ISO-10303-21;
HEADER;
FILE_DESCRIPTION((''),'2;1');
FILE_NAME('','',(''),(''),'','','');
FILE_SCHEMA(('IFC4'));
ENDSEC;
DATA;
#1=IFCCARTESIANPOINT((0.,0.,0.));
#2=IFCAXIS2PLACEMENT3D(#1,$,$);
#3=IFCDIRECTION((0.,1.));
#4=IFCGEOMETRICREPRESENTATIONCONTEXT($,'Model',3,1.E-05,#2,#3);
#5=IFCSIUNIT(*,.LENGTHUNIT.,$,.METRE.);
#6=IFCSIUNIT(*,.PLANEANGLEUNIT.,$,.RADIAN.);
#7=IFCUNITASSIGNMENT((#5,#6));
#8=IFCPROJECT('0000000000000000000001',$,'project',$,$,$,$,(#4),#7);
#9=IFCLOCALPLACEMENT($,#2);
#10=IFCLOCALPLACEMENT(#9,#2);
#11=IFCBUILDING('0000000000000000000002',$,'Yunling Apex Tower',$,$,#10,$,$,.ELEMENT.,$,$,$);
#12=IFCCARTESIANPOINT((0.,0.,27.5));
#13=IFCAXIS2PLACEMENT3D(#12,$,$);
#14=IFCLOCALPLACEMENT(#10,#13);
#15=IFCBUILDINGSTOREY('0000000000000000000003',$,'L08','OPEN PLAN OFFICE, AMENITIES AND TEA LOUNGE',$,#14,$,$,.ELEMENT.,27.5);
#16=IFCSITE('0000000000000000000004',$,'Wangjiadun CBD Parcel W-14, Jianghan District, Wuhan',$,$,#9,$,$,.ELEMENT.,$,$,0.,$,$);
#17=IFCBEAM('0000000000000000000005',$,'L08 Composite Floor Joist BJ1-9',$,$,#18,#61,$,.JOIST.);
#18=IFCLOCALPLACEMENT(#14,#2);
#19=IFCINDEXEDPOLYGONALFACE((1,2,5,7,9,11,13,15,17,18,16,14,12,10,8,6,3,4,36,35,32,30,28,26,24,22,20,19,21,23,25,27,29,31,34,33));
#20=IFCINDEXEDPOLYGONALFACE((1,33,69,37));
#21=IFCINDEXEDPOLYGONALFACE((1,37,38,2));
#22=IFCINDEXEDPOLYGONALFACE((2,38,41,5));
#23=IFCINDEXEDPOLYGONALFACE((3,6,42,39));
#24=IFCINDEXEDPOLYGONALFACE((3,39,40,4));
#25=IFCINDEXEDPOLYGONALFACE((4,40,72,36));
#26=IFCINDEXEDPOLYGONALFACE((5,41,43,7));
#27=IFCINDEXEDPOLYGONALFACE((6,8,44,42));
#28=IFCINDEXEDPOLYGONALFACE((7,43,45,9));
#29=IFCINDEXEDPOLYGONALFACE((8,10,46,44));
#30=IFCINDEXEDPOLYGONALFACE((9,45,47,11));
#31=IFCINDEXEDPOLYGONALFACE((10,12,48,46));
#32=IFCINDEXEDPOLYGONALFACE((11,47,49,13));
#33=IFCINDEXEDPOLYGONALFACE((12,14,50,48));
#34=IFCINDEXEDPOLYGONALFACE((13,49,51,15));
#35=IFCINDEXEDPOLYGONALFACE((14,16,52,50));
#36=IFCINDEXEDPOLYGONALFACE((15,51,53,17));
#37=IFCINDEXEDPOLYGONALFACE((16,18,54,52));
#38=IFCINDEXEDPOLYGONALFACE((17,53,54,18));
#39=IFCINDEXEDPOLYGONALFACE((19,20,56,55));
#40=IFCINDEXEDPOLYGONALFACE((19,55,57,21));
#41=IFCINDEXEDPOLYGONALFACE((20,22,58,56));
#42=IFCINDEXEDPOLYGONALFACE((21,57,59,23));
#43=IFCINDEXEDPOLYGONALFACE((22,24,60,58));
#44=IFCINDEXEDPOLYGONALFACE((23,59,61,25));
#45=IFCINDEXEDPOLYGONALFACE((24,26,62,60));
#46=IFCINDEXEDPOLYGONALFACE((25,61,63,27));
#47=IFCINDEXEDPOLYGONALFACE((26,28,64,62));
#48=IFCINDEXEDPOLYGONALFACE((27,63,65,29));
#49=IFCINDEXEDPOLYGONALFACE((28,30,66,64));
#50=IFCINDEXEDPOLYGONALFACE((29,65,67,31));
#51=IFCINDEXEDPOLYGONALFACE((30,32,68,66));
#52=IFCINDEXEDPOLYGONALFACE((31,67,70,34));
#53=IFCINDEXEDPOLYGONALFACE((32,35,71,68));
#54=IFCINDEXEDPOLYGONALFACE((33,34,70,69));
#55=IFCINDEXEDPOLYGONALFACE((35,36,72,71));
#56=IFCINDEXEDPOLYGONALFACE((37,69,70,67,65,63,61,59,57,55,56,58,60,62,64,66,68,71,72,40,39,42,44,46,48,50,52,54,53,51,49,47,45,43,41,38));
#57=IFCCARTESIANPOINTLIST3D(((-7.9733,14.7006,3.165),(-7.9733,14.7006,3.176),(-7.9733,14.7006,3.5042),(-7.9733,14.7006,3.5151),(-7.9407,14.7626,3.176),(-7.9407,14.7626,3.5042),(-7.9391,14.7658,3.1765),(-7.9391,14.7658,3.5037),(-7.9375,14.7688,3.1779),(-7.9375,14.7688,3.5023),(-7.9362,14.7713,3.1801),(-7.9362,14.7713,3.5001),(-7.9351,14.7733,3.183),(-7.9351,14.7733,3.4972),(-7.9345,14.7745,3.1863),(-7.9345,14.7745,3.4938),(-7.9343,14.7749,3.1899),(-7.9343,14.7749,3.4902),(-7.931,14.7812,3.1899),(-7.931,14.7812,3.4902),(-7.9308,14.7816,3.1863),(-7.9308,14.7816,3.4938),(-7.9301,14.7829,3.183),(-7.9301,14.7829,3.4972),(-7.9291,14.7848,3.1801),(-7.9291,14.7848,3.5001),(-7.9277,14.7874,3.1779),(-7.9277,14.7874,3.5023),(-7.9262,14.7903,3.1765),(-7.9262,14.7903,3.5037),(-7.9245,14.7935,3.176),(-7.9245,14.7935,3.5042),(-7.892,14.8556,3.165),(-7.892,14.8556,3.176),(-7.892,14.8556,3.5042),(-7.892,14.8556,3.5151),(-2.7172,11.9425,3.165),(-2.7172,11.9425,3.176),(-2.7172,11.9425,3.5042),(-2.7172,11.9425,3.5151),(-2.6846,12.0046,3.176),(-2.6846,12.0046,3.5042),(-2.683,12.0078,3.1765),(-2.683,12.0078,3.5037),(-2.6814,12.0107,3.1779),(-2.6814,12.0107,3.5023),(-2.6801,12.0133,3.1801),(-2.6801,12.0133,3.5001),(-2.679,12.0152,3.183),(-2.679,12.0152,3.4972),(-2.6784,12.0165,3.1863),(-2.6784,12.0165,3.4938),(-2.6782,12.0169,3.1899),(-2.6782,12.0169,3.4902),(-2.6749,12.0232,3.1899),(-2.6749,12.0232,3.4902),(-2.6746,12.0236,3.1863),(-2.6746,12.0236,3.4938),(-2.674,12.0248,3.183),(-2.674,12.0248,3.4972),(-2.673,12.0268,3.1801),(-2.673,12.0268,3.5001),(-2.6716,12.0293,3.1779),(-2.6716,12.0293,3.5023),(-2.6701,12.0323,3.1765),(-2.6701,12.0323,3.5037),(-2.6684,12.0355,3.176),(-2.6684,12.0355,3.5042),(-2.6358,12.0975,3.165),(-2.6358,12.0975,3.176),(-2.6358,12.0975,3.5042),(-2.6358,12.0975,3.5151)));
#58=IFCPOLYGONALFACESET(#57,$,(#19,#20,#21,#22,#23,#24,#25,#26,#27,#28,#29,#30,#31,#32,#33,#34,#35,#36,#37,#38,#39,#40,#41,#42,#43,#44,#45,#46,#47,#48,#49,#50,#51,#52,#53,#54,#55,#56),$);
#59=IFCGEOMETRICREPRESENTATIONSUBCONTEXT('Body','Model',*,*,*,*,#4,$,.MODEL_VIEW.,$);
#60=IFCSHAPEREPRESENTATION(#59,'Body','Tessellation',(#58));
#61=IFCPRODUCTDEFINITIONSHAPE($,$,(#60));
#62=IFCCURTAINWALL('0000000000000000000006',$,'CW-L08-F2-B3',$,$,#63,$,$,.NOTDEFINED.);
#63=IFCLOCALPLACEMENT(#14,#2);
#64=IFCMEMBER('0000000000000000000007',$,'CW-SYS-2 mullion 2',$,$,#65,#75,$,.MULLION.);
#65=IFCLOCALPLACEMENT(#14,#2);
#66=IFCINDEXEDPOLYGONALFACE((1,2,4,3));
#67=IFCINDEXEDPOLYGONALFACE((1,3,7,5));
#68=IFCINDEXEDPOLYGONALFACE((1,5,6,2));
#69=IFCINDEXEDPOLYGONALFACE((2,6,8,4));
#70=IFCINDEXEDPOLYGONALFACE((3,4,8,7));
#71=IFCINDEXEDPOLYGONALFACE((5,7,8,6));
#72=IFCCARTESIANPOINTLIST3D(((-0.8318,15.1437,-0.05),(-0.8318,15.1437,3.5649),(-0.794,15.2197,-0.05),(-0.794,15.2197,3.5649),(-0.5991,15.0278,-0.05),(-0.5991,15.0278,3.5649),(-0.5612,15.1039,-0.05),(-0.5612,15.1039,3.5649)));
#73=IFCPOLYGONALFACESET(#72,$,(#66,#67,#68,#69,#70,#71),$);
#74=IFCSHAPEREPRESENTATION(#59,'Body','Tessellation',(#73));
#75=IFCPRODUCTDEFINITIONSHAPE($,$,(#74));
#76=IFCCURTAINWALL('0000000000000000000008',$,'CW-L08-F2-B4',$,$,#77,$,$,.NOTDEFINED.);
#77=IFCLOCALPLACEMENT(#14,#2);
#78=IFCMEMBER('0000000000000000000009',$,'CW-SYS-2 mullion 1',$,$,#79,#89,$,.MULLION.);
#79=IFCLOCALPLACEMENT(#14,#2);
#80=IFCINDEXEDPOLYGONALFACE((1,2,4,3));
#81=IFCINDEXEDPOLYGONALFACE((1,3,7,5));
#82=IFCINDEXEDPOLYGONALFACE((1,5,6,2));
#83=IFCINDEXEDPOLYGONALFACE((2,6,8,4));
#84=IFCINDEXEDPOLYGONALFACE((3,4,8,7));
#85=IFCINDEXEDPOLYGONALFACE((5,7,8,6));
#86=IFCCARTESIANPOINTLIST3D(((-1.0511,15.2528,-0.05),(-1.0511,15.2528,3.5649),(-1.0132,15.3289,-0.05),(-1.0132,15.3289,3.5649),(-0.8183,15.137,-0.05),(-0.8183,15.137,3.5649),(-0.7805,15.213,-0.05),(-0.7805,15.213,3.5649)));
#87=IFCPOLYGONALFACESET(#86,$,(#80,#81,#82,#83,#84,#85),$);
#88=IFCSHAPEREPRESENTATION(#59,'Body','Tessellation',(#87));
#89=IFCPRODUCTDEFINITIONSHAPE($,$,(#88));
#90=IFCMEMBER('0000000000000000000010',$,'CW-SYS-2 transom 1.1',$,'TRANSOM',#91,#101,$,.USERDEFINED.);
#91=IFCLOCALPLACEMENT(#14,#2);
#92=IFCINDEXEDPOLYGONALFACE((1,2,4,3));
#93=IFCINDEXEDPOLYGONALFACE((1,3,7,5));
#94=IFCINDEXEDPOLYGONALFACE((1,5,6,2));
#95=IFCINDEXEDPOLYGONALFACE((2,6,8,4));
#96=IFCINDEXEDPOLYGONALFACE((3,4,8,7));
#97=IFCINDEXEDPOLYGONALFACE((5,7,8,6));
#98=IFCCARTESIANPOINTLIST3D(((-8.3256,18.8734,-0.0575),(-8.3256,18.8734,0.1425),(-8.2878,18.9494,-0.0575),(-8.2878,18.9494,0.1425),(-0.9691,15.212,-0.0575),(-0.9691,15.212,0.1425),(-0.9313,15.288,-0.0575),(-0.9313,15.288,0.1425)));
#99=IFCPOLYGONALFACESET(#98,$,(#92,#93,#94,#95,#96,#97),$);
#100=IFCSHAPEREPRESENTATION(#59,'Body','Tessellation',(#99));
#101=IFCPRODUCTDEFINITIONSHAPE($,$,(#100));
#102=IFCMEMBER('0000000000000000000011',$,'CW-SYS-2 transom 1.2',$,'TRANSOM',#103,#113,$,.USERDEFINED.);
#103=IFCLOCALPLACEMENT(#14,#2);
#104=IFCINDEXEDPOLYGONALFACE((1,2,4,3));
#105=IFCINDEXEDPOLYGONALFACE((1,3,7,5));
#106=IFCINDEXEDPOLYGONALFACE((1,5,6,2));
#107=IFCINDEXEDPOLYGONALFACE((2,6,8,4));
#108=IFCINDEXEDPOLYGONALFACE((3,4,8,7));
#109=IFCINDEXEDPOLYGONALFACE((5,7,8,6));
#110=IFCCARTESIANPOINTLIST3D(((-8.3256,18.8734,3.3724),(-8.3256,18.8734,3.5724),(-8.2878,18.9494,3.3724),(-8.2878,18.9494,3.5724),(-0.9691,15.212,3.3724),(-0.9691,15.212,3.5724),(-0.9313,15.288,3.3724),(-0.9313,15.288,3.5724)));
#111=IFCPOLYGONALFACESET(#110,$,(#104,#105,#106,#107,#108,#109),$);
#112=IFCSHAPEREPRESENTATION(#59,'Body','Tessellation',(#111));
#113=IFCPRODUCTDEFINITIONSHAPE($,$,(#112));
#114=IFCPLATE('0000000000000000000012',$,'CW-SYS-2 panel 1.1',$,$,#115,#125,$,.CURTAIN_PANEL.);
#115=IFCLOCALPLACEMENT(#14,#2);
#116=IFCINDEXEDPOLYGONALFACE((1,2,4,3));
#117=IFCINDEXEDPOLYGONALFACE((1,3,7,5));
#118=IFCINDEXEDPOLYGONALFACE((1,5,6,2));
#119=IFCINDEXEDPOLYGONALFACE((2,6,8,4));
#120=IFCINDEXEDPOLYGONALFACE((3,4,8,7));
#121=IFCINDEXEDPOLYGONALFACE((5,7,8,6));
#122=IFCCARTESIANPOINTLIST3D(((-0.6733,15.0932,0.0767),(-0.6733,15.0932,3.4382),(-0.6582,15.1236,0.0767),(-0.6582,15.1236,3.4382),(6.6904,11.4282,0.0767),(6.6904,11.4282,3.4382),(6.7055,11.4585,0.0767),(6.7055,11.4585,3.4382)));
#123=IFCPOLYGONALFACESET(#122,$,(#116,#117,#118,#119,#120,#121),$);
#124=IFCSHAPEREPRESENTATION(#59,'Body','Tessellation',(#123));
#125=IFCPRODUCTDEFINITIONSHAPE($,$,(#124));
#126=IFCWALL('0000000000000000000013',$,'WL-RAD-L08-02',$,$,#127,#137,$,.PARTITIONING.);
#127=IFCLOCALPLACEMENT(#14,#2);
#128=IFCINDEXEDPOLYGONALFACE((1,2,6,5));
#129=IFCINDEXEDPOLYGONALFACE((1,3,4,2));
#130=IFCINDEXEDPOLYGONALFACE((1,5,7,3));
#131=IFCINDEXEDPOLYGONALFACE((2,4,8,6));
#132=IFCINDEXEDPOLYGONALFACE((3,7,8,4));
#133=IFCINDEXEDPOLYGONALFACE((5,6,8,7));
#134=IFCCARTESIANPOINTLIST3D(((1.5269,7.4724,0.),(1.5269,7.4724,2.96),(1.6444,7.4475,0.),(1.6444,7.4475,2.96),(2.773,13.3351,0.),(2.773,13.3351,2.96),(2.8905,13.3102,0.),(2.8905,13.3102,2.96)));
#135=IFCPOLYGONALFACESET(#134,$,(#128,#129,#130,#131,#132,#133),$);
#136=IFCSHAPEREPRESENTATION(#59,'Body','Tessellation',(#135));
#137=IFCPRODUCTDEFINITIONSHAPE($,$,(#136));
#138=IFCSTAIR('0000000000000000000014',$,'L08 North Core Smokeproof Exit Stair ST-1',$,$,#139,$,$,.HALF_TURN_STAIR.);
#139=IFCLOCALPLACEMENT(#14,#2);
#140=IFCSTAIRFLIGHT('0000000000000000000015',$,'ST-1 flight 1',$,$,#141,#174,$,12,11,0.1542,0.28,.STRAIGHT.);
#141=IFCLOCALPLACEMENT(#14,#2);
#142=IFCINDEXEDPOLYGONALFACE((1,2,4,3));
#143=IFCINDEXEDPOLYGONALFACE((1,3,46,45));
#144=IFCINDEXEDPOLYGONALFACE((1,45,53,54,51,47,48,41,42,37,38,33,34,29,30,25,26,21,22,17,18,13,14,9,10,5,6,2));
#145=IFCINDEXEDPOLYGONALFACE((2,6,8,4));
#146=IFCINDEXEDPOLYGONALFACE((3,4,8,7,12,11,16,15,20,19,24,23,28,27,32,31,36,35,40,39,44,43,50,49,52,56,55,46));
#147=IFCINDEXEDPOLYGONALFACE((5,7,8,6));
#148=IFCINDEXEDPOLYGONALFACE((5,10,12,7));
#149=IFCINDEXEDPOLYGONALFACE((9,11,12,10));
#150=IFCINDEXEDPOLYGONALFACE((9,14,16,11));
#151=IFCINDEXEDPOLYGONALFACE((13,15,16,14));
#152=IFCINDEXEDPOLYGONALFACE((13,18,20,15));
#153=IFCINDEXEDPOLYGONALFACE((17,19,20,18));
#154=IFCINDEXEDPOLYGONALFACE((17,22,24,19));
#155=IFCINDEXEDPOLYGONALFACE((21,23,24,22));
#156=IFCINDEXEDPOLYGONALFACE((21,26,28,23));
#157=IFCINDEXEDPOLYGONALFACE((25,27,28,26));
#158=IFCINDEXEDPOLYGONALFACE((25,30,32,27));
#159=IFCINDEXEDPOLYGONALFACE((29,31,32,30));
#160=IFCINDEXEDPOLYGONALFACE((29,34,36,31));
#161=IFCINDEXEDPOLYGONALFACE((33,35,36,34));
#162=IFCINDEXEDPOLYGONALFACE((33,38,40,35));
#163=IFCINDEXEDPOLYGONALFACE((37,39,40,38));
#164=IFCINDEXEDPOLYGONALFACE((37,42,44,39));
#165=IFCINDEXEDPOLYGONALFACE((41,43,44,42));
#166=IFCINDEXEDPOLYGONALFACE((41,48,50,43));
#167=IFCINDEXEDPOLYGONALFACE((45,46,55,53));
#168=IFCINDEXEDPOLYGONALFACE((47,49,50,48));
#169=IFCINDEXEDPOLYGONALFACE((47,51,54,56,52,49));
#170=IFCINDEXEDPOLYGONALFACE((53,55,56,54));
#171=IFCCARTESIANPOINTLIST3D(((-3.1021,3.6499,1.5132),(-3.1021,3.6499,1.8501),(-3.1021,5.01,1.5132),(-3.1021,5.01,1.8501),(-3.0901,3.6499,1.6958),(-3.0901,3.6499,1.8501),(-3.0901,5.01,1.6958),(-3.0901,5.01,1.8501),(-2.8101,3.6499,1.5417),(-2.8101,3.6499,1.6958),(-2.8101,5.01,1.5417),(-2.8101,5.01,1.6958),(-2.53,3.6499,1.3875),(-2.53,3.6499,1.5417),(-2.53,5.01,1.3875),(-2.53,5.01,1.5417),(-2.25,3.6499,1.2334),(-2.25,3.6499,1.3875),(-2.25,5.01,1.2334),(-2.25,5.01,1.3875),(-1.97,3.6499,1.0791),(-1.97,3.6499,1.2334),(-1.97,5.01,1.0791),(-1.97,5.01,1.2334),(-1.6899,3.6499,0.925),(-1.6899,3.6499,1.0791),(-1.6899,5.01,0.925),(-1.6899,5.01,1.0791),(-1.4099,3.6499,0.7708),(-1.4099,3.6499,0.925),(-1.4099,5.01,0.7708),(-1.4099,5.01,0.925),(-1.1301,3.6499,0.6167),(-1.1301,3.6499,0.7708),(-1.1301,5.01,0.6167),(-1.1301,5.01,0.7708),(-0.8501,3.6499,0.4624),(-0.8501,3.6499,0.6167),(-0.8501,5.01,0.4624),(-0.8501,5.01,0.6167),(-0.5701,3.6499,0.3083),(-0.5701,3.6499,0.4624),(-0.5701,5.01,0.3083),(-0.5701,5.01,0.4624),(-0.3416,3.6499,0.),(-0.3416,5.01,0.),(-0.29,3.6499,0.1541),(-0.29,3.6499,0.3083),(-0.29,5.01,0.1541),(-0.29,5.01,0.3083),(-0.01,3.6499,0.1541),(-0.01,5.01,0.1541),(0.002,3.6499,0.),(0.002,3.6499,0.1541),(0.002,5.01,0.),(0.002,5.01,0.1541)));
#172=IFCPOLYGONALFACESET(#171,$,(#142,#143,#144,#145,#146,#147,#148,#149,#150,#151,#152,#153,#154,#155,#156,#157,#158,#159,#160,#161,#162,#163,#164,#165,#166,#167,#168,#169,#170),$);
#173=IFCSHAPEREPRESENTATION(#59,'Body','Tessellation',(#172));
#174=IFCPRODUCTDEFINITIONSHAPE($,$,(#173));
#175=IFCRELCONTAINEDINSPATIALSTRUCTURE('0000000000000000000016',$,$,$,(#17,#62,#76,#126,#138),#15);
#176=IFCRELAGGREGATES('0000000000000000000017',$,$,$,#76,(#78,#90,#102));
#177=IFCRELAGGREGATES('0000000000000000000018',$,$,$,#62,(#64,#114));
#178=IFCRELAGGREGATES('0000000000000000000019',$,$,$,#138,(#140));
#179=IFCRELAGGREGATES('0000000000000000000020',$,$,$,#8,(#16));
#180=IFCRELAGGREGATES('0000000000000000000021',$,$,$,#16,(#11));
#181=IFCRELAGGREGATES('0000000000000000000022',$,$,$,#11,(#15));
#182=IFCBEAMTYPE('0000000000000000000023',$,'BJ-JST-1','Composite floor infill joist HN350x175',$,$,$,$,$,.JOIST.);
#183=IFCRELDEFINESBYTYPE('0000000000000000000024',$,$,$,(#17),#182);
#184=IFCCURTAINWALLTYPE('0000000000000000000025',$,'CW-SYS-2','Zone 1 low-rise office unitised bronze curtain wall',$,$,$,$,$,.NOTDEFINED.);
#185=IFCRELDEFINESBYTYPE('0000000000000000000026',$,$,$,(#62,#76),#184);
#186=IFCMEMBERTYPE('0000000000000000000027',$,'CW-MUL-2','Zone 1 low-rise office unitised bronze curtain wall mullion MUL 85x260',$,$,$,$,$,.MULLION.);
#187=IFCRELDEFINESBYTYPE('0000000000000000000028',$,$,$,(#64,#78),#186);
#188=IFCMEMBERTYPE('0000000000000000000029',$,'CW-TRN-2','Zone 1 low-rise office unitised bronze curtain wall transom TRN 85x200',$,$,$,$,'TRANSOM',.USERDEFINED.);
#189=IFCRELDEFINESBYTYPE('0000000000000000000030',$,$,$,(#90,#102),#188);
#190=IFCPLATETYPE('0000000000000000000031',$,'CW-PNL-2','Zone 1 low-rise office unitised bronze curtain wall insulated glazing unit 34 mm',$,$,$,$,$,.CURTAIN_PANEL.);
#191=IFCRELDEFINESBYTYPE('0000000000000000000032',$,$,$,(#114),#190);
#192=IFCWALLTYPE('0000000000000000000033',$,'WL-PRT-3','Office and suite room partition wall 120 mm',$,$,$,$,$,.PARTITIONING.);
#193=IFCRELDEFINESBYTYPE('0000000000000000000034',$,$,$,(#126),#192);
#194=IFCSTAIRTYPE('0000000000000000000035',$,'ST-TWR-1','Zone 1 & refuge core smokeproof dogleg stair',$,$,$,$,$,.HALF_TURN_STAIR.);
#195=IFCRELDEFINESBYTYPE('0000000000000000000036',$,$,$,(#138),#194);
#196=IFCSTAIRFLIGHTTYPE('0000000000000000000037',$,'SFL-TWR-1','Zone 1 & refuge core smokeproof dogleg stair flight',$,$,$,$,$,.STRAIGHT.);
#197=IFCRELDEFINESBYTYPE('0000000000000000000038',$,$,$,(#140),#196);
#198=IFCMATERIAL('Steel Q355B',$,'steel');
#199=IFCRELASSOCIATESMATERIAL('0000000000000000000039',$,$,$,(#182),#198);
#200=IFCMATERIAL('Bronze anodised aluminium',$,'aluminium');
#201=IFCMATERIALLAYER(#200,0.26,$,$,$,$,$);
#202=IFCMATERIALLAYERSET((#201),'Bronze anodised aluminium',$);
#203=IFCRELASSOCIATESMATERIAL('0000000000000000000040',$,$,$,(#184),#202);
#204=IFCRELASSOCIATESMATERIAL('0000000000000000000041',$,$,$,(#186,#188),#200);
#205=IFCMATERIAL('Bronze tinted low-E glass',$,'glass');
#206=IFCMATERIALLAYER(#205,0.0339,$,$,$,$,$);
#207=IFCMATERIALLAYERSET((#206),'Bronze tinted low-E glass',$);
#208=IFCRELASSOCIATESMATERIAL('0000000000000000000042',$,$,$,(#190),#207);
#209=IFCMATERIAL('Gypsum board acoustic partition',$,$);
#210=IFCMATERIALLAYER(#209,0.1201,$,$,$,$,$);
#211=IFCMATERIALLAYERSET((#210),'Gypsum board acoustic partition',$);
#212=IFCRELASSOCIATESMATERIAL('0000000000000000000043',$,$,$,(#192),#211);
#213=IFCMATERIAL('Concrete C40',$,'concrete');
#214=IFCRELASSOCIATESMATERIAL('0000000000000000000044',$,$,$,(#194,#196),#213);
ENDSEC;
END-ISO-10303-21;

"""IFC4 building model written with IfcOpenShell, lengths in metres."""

from ifc_helpers import new_model, si_unit, direction, frame, frame_2d, origin, origin_2d, place, context, subcontext, project, spatial, polyline, rectangle, i_section, outline, extrude, source, transform, mapped, material, layer, layer_set, material_profile, profile_set, type_object, element, aggregate, save


model = new_model("IFC4")

# Units and contexts
model_context = context("Model", 3, precision=1e-05, world=origin(), true_north=direction((0.0, 1.0)))
body_context = subcontext(model_context, "Body", "Model", "MODEL_VIEW")
ifc_project = project(units=[si_unit("LENGTHUNIT", "METRE"), si_unit("PLANEANGLEUNIT", "RADIAN")], contexts=[model_context])

# Site, building, storey
site_placement = place(None, origin())
site = spatial("IfcSite", under=ifc_project, at=site_placement, Name="Wangjiadun CBD Parcel W-14, Jianghan District, Wuhan", CompositionType="ELEMENT", RefElevation=0.0)
building_placement = place(site_placement, origin())
building = spatial("IfcBuilding", under=site, at=building_placement, Name="Yunling Apex Tower", CompositionType="ELEMENT")
storey_placement = place(building_placement, frame((0.0, 0.0, 27.5)))
storey = spatial("IfcBuildingStorey", under=building, at=storey_placement, Name="L08", Description="OPEN PLAN OFFICE, AMENITIES AND TEA LOUNGE", CompositionType="ELEMENT", Elevation=27.5)

# Beam
ifc_material_1 = material(Name="Steel Q355B", Category="steel")
ifc_material_profile_1 = material_profile(ifc_material_1, i_section(OverallWidth=0.175, OverallDepth=0.3501, WebThickness=0.0071, FlangeThickness=0.011, FilletRadius=0.0139, at=origin_2d()))
ifc_profile_set_1 = profile_set([ifc_material_profile_1], Name="Steel Q355B")
beam_type_1 = type_object("IfcBeamType", Name="BJ-JST-1", Description="Composite floor infill joist HN350x175", PredefinedType="JOIST", material=ifc_profile_set_1)
shared_shape_1 = source(origin(), body_context, "Body", "SweptSolid", [
    extrude(i_section(OverallWidth=0.175, OverallDepth=0.3501, WebThickness=0.0071, FlangeThickness=0.011, FilletRadius=0.0139, at=origin_2d()), origin(), (0.0, 0.0, 1.0), 5.9358),
])
beam_1_placement = place(storey_placement, frame((-2.6765, 12.02, 3.3401), z_axis=(-0.885495, 0.464649, 0.0), x_axis=(-0.464649, -0.885495, 0.0)))
element("IfcBeam", 1, at=beam_1_placement, inside=storey, type_object=beam_type_1, Name="L08 Composite Floor Joist BJ1-9", PredefinedType="JOIST", context=body_context, shape_type="MappedRepresentation", body=[
    mapped(shared_shape_1, transform((0.0, 0.0, 0.0), scale=1.0)),
])

# Curtain wall, member
ifc_material_2 = material(Name="Bronze anodised aluminium", Category="aluminium")
ifc_layer_1 = layer(ifc_material_2, 0.26)
ifc_layer_set_1 = layer_set([ifc_layer_1], Name="Bronze anodised aluminium")
curtain_wall_type = type_object("IfcCurtainWallType", Name="CW-SYS-2", Description="Zone 1 low-rise office unitised bronze curtain wall", PredefinedType="NOTDEFINED", material=ifc_layer_set_1)
curtain_wall_1_placement = place(storey_placement, origin())
curtain_wall_1 = element("IfcCurtainWall", 2, at=curtain_wall_1_placement, inside=storey, type_object=curtain_wall_type, Name="CW-L08-F2-B3", PredefinedType="NOTDEFINED")
ifc_material_profile_2 = material_profile(ifc_material_2, rectangle(XDim=0.085, YDim=0.26, at=origin_2d()))
ifc_profile_set_2 = profile_set([ifc_material_profile_2], Name="Bronze anodised aluminium")
member_type_1 = type_object("IfcMemberType", Name="CW-MUL-2", Description="Zone 1 low-rise office unitised bronze curtain wall mullion MUL 85x260", PredefinedType="MULLION", material=ifc_profile_set_2)
shared_shape_2 = source(origin(), body_context, "Body", "SweptSolid", [
    extrude(rectangle(XDim=0.085, YDim=0.26, at=origin_2d()), origin(), (0.0, 0.0, 1.0), 3.615),
])
member_1_placement = place(storey_placement, frame((-0.6965, 15.1238, -0.05), z_axis=(0.0, 0.0, 1.0), x_axis=(-0.44558, -0.895242, 0.0)))
member_1 = element("IfcMember", 3, at=member_1_placement, type_object=member_type_1, Name="CW-SYS-2 mullion 2", PredefinedType="MULLION", context=body_context, shape_type="MappedRepresentation", body=[
    mapped(shared_shape_2, transform((0.0, 0.0, 0.0), scale=1.0)),
])

# Curtain wall, members
curtain_wall_2_placement = place(storey_placement, origin())
curtain_wall_2 = element("IfcCurtainWall", 4, at=curtain_wall_2_placement, inside=storey, type_object=curtain_wall_type, Name="CW-L08-F2-B4", PredefinedType="NOTDEFINED")
member_2_placement = place(storey_placement, frame((-0.9158, 15.2329, -0.05), z_axis=(0.0, 0.0, 1.0), x_axis=(-0.445571, -0.895247, 0.0)))
member_2 = element("IfcMember", 5, at=member_2_placement, type_object=member_type_1, Name="CW-SYS-2 mullion 1", PredefinedType="MULLION", context=body_context, shape_type="MappedRepresentation", body=[
    mapped(shared_shape_2, transform((0.0, 0.0, 0.0), scale=1.0)),
])
ifc_material_profile_3 = material_profile(ifc_material_2, rectangle(XDim=0.085, YDim=0.2, at=origin_2d()))
ifc_profile_set_3 = profile_set([ifc_material_profile_3], Name="Bronze anodised aluminium")
member_type_2 = type_object("IfcMemberType", Name="CW-TRN-2", Description="Zone 1 low-rise office unitised bronze curtain wall transom TRN 85x200", ElementType="TRANSOM", PredefinedType="USERDEFINED", material=ifc_profile_set_3)
shared_shape_3 = source(origin(), body_context, "Body", "SweptSolid", [
    extrude(rectangle(XDim=0.085, YDim=0.2, at=origin_2d()), origin(), (0.0, 0.0, 1.0), 8.2173),
])
member_3_placement = place(storey_placement, frame((-0.9502, 15.25, 0.0425), z_axis=(-0.895246, 0.445573, 0.0), x_axis=(-0.445573, -0.895246, 0.0)))
member_3 = element("IfcMember", 6, at=member_3_placement, type_object=member_type_2, Name="CW-SYS-2 transom 1.1", ObjectType="TRANSOM", PredefinedType="USERDEFINED", context=body_context, shape_type="MappedRepresentation", body=[
    mapped(shared_shape_3, transform((0.0, 0.0, 0.0), scale=1.0)),
])
member_4_placement = place(storey_placement, frame((-0.9502, 15.25, 3.4724), z_axis=(-0.895246, 0.445573, 0.0), x_axis=(-0.445573, -0.895246, 0.0)))
member_4 = element("IfcMember", 7, at=member_4_placement, type_object=member_type_2, Name="CW-SYS-2 transom 1.2", ObjectType="TRANSOM", PredefinedType="USERDEFINED", context=body_context, shape_type="MappedRepresentation", body=[
    mapped(shared_shape_3, transform((0.0, 0.0, 0.0), scale=1.0)),
])
aggregate(curtain_wall_2, [member_2, member_3, member_4])

# Plate
ifc_material_3 = material(Name="Bronze tinted low-E glass", Category="glass")
ifc_layer_2 = layer(ifc_material_3, 0.0339)
ifc_layer_set_2 = layer_set([ifc_layer_2], Name="Bronze tinted low-E glass")
plate_type = type_object("IfcPlateType", Name="CW-PNL-2", Description="Zone 1 low-rise office unitised bronze curtain wall insulated glazing unit 34 mm", PredefinedType="CURTAIN_PANEL", material=ifc_layer_set_2)
shared_shape_4 = source(origin(), body_context, "Body", "SweptSolid", [
    extrude(rectangle(XDim=8.2253, YDim=0.0339, at=origin_2d()), origin(), (0.0, 0.0, 1.0), 3.3616),
])
plate_placement = place(storey_placement, frame((3.0161, 13.2759, 0.0767), z_axis=(0.0, 0.0, 1.0), x_axis=(-0.895242, 0.44558, 0.0)))
plate = element("IfcPlate", 8, at=plate_placement, type_object=plate_type, Name="CW-SYS-2 panel 1.1", PredefinedType="CURTAIN_PANEL", context=body_context, shape_type="MappedRepresentation", body=[
    mapped(shared_shape_4, transform((0.0, 0.0, 0.0), scale=1.0)),
])
aggregate(curtain_wall_1, [member_1, plate])

# Wall
ifc_material_4 = material(Name="Gypsum board acoustic partition")
ifc_layer_3 = layer(ifc_material_4, 0.1201)
ifc_layer_set_3 = layer_set([ifc_layer_3], Name="Gypsum board acoustic partition")
wall_type = type_object("IfcWallType", Name="WL-PRT-3", Description="Office and suite room partition wall 120 mm", PredefinedType="PARTITIONING", material=ifc_layer_set_3)
wall_placement = place(storey_placement, frame((1.5857, 7.46, 0.0), z_axis=(0.0, 0.0, 1.0), x_axis=(0.207899, 0.97815, 0.0)))
element("IfcWall", 9, at=wall_placement, inside=storey, type_object=wall_type, Name="WL-RAD-L08-02", PredefinedType="PARTITIONING", context=body_context, shape_type="SweptSolid", body=[
    extrude(rectangle(XDim=5.9937, YDim=0.1201, at=frame_2d((2.9968, 0.0))), origin(), (0.0, 0.0, 1.0), 2.96),
])

# Stair, stair flight
ifc_material_5 = material(Name="Concrete C40", Category="concrete")
stair_type = type_object("IfcStairType", Name="ST-TWR-1", Description="Zone 1 & refuge core smokeproof dogleg stair", PredefinedType="HALF_TURN_STAIR", material=ifc_material_5)
stair_placement = place(storey_placement, origin())
stair = element("IfcStair", 10, at=stair_placement, inside=storey, type_object=stair_type, Name="L08 North Core Smokeproof Exit Stair ST-1", PredefinedType="HALF_TURN_STAIR")
stair_flight_type = type_object("IfcStairFlightType", Name="SFL-TWR-1", Description="Zone 1 & refuge core smokeproof dogleg stair flight", PredefinedType="STRAIGHT", material=ifc_material_5)
stair_flight_placement = place(storey_placement, frame((-0.01, 4.3301, 0.0), z_axis=(0.0, 0.0, 1.0), x_axis=(-1.0, 0.0, 0.0)))
stair_flight = element("IfcStairFlight", 11, at=stair_flight_placement, type_object=stair_flight_type, Name="ST-1 flight 1", NumberOfRisers=12, NumberOfTreads=11, PredefinedType="STRAIGHT", RiserHeight=0.1542, TreadLength=0.28, context=body_context, shape_type="SweptSolid", body=[
    extrude(outline(polyline([(-0.012, 0.0), (-0.012, 0.1541), (0.0, 0.1541), (0.28, 0.1541), (0.28, 0.3083), (0.5601, 0.3083), (0.5601, 0.4624), (0.8401, 0.4624), (0.8401, 0.6167), (1.1201, 0.6167), (1.1201, 0.7708), (1.3999, 0.7708), (1.3999, 0.925), (1.6799, 0.925), (1.6799, 1.0791), (1.96, 1.0791), (1.96, 1.2334), (2.24, 1.2334), (2.24, 1.3875), (2.52, 1.3875), (2.52, 1.5417), (2.8, 1.5417), (2.8, 1.6958), (3.0801, 1.6958), (3.0801, 1.8501), (3.092, 1.8501), (3.092, 1.5132), (0.3315, 0.0), (-0.012, 0.0)])), frame((0.0, 0.6802, 0.0), z_axis=(0.0, -1.0, 0.0), x_axis=(1.0, 0.0, 0.0)), (0.0, 0.0, 1.0), 1.3601),
])
aggregate(stair, [stair_flight])

save(model, "model.ifc")
